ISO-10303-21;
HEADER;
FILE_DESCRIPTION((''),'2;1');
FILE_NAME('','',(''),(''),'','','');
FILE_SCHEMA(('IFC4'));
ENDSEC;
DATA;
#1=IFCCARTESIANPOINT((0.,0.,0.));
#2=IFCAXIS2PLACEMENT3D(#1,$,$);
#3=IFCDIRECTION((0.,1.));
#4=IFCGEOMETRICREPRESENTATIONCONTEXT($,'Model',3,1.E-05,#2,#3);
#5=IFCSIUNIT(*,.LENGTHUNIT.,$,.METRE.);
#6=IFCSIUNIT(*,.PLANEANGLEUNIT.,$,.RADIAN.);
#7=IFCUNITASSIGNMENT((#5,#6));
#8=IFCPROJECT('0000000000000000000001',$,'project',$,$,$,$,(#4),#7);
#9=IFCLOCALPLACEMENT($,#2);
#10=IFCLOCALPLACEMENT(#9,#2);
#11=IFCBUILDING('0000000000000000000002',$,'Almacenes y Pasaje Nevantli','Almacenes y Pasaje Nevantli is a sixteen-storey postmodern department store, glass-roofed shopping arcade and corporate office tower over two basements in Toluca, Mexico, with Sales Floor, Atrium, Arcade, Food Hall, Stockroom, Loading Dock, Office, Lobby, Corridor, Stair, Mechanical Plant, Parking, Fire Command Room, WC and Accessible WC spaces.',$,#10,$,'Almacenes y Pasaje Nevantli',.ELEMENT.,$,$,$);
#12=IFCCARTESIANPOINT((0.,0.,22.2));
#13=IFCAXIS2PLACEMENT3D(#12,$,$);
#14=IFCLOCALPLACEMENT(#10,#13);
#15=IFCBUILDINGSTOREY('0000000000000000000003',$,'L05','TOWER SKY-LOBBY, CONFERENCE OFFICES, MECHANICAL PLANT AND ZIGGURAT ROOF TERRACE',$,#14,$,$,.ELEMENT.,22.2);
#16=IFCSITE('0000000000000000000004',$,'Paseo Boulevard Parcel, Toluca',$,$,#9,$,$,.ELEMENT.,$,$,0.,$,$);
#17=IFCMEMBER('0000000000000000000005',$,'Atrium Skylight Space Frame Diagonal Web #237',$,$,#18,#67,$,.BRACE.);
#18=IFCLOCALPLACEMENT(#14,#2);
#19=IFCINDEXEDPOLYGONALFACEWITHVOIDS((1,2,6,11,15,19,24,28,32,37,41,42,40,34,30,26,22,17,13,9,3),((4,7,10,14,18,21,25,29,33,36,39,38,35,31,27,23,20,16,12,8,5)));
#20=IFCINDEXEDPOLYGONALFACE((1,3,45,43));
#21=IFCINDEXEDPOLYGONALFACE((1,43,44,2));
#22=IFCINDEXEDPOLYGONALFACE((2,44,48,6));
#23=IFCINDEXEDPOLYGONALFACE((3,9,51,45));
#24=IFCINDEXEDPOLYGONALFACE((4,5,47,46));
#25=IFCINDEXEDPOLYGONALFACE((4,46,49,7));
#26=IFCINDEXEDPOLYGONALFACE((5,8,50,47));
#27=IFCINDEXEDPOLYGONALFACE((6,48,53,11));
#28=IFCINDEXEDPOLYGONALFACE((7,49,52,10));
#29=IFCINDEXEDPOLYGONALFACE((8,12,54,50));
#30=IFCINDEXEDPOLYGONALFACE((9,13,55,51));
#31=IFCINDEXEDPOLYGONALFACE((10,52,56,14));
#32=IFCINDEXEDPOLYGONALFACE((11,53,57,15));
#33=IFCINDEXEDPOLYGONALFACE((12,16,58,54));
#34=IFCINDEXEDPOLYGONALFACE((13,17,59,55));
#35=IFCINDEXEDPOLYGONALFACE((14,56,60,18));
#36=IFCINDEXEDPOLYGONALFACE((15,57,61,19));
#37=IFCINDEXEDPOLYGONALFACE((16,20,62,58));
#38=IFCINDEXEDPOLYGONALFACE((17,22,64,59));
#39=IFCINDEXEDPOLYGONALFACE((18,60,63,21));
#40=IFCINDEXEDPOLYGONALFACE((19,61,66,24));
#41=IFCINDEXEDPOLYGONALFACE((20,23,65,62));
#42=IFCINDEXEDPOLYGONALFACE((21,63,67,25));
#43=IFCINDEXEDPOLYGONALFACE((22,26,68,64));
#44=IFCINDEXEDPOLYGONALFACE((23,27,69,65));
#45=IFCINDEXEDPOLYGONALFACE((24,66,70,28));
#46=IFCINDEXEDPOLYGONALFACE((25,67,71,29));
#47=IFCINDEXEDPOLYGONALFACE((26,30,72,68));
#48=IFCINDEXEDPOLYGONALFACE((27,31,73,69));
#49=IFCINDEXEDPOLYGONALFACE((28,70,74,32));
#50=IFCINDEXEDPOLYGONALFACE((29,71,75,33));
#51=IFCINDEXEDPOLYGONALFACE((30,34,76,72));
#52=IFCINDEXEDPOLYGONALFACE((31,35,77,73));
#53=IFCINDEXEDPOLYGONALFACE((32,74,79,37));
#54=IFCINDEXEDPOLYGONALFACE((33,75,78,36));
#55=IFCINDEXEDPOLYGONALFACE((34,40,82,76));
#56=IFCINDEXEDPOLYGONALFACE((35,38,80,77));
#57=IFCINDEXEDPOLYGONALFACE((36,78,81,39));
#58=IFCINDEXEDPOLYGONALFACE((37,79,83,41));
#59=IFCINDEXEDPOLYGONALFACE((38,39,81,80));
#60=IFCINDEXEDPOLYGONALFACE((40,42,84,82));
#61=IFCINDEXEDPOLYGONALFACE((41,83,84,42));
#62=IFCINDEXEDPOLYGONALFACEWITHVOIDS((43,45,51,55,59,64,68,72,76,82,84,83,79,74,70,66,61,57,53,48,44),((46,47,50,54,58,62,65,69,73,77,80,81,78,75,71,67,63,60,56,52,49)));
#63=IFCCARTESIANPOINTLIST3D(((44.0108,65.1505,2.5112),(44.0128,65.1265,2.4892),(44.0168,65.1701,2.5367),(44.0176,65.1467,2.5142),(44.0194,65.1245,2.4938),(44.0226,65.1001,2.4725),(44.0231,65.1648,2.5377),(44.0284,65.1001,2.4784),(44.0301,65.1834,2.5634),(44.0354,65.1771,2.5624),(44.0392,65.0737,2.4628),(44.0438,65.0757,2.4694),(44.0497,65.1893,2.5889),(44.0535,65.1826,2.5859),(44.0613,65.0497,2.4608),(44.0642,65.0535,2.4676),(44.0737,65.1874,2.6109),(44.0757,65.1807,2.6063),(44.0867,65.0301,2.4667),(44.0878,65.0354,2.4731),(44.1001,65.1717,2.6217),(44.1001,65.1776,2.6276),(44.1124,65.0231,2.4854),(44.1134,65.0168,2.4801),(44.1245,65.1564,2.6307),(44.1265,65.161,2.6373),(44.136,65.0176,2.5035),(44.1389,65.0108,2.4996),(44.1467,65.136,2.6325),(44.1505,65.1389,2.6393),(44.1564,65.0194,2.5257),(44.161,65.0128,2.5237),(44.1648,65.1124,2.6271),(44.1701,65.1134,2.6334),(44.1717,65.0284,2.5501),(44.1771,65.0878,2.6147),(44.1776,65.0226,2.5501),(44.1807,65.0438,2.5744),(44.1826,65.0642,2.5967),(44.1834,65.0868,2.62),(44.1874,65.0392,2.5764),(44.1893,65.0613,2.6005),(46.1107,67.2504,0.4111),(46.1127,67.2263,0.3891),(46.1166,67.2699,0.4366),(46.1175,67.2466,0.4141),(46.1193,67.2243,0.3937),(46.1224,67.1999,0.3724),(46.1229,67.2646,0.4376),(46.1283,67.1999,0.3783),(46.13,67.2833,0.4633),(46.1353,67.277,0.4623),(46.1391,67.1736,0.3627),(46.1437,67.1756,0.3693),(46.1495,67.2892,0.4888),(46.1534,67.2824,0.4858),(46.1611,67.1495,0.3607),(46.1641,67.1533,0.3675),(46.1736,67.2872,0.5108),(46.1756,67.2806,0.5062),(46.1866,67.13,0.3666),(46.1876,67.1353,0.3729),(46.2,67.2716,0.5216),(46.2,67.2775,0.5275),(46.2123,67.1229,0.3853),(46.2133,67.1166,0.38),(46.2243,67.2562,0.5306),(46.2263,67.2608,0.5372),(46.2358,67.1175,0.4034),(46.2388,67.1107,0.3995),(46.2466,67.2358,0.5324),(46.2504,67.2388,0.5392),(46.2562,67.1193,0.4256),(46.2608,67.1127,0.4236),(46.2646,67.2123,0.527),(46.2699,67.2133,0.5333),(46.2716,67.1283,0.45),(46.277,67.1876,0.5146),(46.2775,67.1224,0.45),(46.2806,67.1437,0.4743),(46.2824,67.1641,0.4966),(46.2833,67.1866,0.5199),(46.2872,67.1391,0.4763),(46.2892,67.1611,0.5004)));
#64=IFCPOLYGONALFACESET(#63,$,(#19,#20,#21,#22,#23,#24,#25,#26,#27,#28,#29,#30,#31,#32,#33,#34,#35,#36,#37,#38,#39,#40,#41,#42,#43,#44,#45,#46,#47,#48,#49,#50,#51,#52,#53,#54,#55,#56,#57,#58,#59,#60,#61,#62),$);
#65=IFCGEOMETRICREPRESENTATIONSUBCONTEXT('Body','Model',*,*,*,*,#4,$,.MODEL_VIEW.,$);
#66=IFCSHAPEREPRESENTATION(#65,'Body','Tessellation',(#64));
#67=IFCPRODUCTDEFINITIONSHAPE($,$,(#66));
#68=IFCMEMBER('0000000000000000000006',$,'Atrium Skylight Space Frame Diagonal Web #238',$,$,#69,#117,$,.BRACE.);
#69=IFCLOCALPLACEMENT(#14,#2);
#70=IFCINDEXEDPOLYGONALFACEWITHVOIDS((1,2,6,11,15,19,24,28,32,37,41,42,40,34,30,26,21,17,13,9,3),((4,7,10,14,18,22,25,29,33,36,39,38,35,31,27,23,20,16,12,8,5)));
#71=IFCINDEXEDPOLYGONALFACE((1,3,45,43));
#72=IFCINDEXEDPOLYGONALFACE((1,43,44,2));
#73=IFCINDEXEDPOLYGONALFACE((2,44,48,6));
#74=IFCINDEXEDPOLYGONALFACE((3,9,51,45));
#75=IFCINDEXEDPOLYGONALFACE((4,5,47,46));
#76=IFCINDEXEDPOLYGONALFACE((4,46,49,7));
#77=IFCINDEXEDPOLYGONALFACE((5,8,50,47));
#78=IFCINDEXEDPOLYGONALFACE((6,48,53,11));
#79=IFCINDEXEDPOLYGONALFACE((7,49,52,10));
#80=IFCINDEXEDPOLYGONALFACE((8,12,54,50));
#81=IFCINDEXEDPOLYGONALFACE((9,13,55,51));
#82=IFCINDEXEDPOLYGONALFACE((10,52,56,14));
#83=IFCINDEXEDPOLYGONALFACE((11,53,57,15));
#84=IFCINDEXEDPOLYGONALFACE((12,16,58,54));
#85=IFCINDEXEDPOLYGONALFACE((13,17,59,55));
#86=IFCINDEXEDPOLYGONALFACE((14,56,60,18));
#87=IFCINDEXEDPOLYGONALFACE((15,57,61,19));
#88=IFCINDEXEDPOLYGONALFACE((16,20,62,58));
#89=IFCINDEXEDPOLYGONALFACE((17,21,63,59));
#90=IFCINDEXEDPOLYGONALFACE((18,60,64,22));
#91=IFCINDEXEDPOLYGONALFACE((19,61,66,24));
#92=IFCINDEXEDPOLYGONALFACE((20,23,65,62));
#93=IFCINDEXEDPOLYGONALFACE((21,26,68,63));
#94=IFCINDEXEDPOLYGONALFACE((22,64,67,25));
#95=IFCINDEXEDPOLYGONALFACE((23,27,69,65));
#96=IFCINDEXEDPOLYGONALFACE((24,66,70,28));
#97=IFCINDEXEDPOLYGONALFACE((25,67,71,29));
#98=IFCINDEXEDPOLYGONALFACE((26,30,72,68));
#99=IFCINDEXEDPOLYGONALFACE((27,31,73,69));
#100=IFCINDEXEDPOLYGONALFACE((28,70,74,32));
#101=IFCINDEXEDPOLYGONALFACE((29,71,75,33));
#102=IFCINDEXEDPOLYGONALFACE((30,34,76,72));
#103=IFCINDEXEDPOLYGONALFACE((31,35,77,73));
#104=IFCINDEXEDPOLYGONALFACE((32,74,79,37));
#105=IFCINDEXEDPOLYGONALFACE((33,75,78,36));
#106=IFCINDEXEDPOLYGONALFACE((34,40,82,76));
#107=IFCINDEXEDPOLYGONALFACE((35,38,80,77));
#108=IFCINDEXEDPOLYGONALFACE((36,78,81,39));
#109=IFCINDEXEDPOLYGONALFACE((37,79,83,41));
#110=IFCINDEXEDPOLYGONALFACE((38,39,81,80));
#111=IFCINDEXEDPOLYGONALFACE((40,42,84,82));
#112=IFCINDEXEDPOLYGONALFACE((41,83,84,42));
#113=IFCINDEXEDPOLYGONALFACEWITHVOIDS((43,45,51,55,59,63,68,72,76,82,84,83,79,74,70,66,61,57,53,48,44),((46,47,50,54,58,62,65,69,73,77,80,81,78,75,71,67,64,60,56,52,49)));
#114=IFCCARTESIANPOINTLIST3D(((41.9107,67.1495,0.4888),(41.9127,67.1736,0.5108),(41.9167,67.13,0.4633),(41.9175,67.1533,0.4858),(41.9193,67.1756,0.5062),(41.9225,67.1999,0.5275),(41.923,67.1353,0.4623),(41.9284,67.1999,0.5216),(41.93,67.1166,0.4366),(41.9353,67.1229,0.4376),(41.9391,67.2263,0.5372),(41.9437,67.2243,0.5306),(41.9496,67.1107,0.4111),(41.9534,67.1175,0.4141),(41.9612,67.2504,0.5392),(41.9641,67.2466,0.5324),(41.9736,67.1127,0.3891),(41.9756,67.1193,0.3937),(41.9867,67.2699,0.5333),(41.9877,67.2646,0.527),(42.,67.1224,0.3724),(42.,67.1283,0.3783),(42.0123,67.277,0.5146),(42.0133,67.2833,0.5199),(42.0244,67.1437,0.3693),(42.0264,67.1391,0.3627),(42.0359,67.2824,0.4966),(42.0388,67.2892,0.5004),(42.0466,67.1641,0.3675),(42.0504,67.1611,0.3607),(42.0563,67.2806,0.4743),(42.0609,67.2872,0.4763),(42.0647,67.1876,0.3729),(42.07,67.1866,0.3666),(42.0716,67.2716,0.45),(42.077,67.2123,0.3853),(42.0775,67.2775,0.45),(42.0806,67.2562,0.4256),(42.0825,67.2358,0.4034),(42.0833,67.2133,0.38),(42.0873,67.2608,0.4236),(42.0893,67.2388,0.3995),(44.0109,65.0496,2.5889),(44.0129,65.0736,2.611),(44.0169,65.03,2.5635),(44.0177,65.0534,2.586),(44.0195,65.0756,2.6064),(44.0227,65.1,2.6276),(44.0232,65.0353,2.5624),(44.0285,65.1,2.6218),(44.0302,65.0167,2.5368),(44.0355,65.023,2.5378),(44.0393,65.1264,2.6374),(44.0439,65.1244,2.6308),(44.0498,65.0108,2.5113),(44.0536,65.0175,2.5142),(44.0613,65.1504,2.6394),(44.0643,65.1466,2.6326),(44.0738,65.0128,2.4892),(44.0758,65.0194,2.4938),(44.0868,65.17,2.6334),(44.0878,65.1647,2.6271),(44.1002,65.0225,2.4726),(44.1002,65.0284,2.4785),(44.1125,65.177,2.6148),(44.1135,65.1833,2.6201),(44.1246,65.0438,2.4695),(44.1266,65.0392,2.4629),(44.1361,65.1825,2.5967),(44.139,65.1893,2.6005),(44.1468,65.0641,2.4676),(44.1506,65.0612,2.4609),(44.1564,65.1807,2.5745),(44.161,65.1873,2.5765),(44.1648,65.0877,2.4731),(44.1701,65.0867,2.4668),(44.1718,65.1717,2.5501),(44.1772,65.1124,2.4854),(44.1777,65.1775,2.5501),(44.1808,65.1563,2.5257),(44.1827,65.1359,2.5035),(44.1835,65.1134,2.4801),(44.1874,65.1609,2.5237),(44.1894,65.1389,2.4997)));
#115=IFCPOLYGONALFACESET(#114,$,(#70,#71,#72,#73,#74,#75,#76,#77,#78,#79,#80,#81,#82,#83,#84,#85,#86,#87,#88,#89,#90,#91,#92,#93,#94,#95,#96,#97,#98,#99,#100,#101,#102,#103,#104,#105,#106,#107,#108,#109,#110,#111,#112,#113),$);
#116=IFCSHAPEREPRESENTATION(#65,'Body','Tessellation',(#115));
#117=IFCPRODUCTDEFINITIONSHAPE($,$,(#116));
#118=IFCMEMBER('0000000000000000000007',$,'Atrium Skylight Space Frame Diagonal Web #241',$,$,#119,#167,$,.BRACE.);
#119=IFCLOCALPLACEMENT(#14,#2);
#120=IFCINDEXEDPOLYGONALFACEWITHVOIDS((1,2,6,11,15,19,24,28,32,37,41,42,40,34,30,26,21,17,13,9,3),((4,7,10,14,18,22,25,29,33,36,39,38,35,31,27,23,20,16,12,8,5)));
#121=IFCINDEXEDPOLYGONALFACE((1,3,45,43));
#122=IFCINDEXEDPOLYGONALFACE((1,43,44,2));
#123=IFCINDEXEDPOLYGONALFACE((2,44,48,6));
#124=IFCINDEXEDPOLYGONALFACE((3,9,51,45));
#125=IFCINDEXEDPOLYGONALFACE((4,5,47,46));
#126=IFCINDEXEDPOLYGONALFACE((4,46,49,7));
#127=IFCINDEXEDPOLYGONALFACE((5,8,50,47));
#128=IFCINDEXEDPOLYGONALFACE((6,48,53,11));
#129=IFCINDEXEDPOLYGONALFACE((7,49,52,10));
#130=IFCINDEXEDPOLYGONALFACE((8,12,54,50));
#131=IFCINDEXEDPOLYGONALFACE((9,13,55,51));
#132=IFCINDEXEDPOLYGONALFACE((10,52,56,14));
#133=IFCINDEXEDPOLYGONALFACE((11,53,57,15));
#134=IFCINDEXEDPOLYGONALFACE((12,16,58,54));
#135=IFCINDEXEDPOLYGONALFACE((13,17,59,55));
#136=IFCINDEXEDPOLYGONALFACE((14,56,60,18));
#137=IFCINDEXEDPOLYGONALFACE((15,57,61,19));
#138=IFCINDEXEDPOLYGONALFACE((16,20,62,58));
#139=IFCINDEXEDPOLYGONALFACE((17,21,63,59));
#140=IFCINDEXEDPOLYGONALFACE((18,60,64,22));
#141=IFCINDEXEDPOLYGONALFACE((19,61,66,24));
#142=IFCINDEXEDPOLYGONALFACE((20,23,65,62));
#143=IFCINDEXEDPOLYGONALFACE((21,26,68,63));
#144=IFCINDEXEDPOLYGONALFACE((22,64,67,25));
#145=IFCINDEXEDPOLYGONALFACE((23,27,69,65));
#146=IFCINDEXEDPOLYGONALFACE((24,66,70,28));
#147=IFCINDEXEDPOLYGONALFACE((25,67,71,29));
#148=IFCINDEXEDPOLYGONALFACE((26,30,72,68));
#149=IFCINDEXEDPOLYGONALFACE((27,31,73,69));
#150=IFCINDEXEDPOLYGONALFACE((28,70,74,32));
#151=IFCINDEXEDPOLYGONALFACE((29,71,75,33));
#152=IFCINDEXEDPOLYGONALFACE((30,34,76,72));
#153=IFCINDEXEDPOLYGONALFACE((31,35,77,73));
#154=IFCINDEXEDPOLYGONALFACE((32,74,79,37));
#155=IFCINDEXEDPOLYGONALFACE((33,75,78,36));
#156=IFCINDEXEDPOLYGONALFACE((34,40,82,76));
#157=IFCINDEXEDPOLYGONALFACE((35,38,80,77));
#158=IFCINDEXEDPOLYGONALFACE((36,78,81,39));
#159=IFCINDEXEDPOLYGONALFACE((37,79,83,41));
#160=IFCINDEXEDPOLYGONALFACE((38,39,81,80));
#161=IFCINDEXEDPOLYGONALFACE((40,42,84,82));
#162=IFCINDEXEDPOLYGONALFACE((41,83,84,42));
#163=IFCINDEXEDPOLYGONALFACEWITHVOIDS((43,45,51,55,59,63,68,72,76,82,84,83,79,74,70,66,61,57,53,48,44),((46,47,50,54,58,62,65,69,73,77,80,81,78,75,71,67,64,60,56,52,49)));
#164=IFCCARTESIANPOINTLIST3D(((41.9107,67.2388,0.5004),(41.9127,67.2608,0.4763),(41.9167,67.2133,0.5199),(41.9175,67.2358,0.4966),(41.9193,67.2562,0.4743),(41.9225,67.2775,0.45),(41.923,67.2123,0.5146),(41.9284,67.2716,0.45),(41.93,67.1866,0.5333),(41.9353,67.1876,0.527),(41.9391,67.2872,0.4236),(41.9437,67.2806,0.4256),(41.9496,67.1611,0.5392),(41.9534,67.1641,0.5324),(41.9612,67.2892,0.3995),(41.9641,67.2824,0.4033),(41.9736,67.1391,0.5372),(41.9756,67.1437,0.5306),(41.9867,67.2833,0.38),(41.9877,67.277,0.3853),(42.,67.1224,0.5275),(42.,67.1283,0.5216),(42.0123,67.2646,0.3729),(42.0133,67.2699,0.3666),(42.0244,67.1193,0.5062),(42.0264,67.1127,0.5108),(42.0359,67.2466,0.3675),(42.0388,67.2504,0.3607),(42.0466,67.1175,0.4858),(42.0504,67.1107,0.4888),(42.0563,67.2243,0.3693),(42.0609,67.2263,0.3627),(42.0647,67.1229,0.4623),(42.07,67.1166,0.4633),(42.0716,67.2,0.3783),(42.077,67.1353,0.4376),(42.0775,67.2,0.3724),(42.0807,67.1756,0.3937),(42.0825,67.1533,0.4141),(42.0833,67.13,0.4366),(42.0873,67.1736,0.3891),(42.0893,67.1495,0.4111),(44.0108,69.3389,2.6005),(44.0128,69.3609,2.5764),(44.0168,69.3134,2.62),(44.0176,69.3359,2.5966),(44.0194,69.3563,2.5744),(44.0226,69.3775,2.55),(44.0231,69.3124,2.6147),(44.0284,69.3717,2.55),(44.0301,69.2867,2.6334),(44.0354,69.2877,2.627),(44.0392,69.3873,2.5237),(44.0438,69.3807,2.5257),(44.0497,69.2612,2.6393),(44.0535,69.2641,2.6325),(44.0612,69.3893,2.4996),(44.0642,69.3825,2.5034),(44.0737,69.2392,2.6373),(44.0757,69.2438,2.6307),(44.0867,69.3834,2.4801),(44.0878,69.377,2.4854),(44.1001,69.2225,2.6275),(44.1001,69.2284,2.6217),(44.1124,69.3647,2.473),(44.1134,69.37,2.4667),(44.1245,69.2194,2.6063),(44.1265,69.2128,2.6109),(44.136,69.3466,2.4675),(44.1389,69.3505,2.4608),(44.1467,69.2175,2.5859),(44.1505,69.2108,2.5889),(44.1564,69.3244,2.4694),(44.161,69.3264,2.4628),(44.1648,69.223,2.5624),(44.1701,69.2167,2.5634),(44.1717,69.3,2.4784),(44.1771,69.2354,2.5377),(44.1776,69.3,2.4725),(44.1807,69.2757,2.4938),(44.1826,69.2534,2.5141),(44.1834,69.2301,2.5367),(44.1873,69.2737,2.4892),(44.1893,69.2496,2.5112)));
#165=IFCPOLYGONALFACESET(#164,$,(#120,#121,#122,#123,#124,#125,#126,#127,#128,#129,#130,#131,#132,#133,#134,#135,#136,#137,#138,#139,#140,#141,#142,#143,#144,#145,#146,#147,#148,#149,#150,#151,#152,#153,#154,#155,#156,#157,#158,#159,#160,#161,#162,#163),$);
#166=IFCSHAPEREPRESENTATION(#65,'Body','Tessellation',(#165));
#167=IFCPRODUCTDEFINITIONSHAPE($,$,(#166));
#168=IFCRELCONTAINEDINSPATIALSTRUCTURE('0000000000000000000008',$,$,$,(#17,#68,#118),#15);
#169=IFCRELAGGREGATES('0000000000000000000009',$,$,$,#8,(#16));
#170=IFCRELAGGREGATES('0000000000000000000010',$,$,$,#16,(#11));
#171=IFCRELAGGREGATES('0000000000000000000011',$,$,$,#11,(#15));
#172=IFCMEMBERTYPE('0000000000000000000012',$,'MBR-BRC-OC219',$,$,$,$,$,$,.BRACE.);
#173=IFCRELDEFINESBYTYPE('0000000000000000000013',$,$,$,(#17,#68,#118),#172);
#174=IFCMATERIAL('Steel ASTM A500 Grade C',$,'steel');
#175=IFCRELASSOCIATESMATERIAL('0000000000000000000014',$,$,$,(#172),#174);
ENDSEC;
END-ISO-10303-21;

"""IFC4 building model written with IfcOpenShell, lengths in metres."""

from ifc_helpers import new_model, si_unit, direction, frame, origin, origin_2d, place, context, subcontext, project, spatial, hollow_circle, extrude, material, material_profile, profile_set, type_object, element, save


model = new_model("IFC4")

# Units and contexts
model_context = context("Model", 3, precision=1e-05, world=origin(), true_north=direction((0.0, 1.0)))
body_context = subcontext(model_context, "Body", "Model", "MODEL_VIEW")
ifc_project = project(units=[si_unit("LENGTHUNIT", "METRE"), si_unit("PLANEANGLEUNIT", "RADIAN")], contexts=[model_context])

# Site, building, storey
site_placement = place(None, origin())
site = spatial("IfcSite", under=ifc_project, at=site_placement, Name="Paseo Boulevard Parcel, Toluca", CompositionType="ELEMENT", RefElevation=0.0)
building_placement = place(site_placement, origin())
building = spatial("IfcBuilding", under=site, at=building_placement, Name="Almacenes y Pasaje Nevantli", Description="Almacenes y Pasaje Nevantli is a sixteen-storey postmodern department store, glass-roofed shopping arcade and corporate office tower over two basements in Toluca, Mexico, with Sales Floor, Atrium, Arcade, Food Hall, Stockroom, Loading Dock, Office, Lobby, Corridor, Stair, Mechanical Plant, Parking, Fire Command Room, WC and Accessible WC spaces.", LongName="Almacenes y Pasaje Nevantli", CompositionType="ELEMENT")
storey_placement = place(building_placement, frame((0.0, 0.0, 22.2)))
storey = spatial("IfcBuildingStorey", under=building, at=storey_placement, Name="L05", Description="TOWER SKY-LOBBY, CONFERENCE OFFICES, MECHANICAL PLANT AND ZIGGURAT ROOF TERRACE", CompositionType="ELEMENT", Elevation=22.2)

# Members
ifc_material_1 = material(Name="Steel ASTM A500 Grade C", Category="steel")
ifc_material_profile_1 = material_profile(ifc_material_1, hollow_circle(Radius=0.1096, WallThickness=0.0083, at=origin_2d()), Name="OC 219x8.2")
ifc_profile_set_1 = profile_set([ifc_material_profile_1], Name="Steel ASTM A500 Grade C")
member_type_1 = type_object("IfcMemberType", Name="MBR-BRC-OC219", PredefinedType="BRACE", material=ifc_profile_set_1)
member_1_placement = place(storey_placement, frame((46.2, 67.2, 0.45), z_axis=(-0.577328, -0.577328, 0.577395), x_axis=(0.707107, -0.707107, 0.0)))
element("IfcMember", 1, at=member_1_placement, inside=storey, type_object=member_type_1, Name="Atrium Skylight Space Frame Diagonal Web #237", PredefinedType="BRACE", context=body_context, shape_type="SweptSolid", body=[
    extrude(hollow_circle(Radius=0.1096, WallThickness=0.0083, at=origin_2d()), origin(), (0.0, 0.0, 1.0), 3.6372),
])
for number, where, z_axis, x_axis, name in (
    (2, (42.0, 67.2, 0.45), (0.577373, -0.577306, 0.577373), (0.707066, 0.707148, 0.0), "Atrium Skylight Space Frame Diagonal Web #238"),
    (3, (42.0, 67.2, 0.45), (0.57735, 0.57735, 0.57735), (-0.707107, 0.707107, 0.0), "Atrium Skylight Space Frame Diagonal Web #241"),
):
    element("IfcMember", number, at=place(storey_placement, frame(where, z_axis=z_axis, x_axis=x_axis)), inside=storey, type_object=member_type_1, Name=name, PredefinedType="BRACE", context=body_context, shape_type="SweptSolid", body=[
        extrude(hollow_circle(Radius=0.1096, WallThickness=0.0083, at=origin_2d()), origin(), (0.0, 0.0, 1.0), 3.6375),
    ])

save(model, "model.ifc")
